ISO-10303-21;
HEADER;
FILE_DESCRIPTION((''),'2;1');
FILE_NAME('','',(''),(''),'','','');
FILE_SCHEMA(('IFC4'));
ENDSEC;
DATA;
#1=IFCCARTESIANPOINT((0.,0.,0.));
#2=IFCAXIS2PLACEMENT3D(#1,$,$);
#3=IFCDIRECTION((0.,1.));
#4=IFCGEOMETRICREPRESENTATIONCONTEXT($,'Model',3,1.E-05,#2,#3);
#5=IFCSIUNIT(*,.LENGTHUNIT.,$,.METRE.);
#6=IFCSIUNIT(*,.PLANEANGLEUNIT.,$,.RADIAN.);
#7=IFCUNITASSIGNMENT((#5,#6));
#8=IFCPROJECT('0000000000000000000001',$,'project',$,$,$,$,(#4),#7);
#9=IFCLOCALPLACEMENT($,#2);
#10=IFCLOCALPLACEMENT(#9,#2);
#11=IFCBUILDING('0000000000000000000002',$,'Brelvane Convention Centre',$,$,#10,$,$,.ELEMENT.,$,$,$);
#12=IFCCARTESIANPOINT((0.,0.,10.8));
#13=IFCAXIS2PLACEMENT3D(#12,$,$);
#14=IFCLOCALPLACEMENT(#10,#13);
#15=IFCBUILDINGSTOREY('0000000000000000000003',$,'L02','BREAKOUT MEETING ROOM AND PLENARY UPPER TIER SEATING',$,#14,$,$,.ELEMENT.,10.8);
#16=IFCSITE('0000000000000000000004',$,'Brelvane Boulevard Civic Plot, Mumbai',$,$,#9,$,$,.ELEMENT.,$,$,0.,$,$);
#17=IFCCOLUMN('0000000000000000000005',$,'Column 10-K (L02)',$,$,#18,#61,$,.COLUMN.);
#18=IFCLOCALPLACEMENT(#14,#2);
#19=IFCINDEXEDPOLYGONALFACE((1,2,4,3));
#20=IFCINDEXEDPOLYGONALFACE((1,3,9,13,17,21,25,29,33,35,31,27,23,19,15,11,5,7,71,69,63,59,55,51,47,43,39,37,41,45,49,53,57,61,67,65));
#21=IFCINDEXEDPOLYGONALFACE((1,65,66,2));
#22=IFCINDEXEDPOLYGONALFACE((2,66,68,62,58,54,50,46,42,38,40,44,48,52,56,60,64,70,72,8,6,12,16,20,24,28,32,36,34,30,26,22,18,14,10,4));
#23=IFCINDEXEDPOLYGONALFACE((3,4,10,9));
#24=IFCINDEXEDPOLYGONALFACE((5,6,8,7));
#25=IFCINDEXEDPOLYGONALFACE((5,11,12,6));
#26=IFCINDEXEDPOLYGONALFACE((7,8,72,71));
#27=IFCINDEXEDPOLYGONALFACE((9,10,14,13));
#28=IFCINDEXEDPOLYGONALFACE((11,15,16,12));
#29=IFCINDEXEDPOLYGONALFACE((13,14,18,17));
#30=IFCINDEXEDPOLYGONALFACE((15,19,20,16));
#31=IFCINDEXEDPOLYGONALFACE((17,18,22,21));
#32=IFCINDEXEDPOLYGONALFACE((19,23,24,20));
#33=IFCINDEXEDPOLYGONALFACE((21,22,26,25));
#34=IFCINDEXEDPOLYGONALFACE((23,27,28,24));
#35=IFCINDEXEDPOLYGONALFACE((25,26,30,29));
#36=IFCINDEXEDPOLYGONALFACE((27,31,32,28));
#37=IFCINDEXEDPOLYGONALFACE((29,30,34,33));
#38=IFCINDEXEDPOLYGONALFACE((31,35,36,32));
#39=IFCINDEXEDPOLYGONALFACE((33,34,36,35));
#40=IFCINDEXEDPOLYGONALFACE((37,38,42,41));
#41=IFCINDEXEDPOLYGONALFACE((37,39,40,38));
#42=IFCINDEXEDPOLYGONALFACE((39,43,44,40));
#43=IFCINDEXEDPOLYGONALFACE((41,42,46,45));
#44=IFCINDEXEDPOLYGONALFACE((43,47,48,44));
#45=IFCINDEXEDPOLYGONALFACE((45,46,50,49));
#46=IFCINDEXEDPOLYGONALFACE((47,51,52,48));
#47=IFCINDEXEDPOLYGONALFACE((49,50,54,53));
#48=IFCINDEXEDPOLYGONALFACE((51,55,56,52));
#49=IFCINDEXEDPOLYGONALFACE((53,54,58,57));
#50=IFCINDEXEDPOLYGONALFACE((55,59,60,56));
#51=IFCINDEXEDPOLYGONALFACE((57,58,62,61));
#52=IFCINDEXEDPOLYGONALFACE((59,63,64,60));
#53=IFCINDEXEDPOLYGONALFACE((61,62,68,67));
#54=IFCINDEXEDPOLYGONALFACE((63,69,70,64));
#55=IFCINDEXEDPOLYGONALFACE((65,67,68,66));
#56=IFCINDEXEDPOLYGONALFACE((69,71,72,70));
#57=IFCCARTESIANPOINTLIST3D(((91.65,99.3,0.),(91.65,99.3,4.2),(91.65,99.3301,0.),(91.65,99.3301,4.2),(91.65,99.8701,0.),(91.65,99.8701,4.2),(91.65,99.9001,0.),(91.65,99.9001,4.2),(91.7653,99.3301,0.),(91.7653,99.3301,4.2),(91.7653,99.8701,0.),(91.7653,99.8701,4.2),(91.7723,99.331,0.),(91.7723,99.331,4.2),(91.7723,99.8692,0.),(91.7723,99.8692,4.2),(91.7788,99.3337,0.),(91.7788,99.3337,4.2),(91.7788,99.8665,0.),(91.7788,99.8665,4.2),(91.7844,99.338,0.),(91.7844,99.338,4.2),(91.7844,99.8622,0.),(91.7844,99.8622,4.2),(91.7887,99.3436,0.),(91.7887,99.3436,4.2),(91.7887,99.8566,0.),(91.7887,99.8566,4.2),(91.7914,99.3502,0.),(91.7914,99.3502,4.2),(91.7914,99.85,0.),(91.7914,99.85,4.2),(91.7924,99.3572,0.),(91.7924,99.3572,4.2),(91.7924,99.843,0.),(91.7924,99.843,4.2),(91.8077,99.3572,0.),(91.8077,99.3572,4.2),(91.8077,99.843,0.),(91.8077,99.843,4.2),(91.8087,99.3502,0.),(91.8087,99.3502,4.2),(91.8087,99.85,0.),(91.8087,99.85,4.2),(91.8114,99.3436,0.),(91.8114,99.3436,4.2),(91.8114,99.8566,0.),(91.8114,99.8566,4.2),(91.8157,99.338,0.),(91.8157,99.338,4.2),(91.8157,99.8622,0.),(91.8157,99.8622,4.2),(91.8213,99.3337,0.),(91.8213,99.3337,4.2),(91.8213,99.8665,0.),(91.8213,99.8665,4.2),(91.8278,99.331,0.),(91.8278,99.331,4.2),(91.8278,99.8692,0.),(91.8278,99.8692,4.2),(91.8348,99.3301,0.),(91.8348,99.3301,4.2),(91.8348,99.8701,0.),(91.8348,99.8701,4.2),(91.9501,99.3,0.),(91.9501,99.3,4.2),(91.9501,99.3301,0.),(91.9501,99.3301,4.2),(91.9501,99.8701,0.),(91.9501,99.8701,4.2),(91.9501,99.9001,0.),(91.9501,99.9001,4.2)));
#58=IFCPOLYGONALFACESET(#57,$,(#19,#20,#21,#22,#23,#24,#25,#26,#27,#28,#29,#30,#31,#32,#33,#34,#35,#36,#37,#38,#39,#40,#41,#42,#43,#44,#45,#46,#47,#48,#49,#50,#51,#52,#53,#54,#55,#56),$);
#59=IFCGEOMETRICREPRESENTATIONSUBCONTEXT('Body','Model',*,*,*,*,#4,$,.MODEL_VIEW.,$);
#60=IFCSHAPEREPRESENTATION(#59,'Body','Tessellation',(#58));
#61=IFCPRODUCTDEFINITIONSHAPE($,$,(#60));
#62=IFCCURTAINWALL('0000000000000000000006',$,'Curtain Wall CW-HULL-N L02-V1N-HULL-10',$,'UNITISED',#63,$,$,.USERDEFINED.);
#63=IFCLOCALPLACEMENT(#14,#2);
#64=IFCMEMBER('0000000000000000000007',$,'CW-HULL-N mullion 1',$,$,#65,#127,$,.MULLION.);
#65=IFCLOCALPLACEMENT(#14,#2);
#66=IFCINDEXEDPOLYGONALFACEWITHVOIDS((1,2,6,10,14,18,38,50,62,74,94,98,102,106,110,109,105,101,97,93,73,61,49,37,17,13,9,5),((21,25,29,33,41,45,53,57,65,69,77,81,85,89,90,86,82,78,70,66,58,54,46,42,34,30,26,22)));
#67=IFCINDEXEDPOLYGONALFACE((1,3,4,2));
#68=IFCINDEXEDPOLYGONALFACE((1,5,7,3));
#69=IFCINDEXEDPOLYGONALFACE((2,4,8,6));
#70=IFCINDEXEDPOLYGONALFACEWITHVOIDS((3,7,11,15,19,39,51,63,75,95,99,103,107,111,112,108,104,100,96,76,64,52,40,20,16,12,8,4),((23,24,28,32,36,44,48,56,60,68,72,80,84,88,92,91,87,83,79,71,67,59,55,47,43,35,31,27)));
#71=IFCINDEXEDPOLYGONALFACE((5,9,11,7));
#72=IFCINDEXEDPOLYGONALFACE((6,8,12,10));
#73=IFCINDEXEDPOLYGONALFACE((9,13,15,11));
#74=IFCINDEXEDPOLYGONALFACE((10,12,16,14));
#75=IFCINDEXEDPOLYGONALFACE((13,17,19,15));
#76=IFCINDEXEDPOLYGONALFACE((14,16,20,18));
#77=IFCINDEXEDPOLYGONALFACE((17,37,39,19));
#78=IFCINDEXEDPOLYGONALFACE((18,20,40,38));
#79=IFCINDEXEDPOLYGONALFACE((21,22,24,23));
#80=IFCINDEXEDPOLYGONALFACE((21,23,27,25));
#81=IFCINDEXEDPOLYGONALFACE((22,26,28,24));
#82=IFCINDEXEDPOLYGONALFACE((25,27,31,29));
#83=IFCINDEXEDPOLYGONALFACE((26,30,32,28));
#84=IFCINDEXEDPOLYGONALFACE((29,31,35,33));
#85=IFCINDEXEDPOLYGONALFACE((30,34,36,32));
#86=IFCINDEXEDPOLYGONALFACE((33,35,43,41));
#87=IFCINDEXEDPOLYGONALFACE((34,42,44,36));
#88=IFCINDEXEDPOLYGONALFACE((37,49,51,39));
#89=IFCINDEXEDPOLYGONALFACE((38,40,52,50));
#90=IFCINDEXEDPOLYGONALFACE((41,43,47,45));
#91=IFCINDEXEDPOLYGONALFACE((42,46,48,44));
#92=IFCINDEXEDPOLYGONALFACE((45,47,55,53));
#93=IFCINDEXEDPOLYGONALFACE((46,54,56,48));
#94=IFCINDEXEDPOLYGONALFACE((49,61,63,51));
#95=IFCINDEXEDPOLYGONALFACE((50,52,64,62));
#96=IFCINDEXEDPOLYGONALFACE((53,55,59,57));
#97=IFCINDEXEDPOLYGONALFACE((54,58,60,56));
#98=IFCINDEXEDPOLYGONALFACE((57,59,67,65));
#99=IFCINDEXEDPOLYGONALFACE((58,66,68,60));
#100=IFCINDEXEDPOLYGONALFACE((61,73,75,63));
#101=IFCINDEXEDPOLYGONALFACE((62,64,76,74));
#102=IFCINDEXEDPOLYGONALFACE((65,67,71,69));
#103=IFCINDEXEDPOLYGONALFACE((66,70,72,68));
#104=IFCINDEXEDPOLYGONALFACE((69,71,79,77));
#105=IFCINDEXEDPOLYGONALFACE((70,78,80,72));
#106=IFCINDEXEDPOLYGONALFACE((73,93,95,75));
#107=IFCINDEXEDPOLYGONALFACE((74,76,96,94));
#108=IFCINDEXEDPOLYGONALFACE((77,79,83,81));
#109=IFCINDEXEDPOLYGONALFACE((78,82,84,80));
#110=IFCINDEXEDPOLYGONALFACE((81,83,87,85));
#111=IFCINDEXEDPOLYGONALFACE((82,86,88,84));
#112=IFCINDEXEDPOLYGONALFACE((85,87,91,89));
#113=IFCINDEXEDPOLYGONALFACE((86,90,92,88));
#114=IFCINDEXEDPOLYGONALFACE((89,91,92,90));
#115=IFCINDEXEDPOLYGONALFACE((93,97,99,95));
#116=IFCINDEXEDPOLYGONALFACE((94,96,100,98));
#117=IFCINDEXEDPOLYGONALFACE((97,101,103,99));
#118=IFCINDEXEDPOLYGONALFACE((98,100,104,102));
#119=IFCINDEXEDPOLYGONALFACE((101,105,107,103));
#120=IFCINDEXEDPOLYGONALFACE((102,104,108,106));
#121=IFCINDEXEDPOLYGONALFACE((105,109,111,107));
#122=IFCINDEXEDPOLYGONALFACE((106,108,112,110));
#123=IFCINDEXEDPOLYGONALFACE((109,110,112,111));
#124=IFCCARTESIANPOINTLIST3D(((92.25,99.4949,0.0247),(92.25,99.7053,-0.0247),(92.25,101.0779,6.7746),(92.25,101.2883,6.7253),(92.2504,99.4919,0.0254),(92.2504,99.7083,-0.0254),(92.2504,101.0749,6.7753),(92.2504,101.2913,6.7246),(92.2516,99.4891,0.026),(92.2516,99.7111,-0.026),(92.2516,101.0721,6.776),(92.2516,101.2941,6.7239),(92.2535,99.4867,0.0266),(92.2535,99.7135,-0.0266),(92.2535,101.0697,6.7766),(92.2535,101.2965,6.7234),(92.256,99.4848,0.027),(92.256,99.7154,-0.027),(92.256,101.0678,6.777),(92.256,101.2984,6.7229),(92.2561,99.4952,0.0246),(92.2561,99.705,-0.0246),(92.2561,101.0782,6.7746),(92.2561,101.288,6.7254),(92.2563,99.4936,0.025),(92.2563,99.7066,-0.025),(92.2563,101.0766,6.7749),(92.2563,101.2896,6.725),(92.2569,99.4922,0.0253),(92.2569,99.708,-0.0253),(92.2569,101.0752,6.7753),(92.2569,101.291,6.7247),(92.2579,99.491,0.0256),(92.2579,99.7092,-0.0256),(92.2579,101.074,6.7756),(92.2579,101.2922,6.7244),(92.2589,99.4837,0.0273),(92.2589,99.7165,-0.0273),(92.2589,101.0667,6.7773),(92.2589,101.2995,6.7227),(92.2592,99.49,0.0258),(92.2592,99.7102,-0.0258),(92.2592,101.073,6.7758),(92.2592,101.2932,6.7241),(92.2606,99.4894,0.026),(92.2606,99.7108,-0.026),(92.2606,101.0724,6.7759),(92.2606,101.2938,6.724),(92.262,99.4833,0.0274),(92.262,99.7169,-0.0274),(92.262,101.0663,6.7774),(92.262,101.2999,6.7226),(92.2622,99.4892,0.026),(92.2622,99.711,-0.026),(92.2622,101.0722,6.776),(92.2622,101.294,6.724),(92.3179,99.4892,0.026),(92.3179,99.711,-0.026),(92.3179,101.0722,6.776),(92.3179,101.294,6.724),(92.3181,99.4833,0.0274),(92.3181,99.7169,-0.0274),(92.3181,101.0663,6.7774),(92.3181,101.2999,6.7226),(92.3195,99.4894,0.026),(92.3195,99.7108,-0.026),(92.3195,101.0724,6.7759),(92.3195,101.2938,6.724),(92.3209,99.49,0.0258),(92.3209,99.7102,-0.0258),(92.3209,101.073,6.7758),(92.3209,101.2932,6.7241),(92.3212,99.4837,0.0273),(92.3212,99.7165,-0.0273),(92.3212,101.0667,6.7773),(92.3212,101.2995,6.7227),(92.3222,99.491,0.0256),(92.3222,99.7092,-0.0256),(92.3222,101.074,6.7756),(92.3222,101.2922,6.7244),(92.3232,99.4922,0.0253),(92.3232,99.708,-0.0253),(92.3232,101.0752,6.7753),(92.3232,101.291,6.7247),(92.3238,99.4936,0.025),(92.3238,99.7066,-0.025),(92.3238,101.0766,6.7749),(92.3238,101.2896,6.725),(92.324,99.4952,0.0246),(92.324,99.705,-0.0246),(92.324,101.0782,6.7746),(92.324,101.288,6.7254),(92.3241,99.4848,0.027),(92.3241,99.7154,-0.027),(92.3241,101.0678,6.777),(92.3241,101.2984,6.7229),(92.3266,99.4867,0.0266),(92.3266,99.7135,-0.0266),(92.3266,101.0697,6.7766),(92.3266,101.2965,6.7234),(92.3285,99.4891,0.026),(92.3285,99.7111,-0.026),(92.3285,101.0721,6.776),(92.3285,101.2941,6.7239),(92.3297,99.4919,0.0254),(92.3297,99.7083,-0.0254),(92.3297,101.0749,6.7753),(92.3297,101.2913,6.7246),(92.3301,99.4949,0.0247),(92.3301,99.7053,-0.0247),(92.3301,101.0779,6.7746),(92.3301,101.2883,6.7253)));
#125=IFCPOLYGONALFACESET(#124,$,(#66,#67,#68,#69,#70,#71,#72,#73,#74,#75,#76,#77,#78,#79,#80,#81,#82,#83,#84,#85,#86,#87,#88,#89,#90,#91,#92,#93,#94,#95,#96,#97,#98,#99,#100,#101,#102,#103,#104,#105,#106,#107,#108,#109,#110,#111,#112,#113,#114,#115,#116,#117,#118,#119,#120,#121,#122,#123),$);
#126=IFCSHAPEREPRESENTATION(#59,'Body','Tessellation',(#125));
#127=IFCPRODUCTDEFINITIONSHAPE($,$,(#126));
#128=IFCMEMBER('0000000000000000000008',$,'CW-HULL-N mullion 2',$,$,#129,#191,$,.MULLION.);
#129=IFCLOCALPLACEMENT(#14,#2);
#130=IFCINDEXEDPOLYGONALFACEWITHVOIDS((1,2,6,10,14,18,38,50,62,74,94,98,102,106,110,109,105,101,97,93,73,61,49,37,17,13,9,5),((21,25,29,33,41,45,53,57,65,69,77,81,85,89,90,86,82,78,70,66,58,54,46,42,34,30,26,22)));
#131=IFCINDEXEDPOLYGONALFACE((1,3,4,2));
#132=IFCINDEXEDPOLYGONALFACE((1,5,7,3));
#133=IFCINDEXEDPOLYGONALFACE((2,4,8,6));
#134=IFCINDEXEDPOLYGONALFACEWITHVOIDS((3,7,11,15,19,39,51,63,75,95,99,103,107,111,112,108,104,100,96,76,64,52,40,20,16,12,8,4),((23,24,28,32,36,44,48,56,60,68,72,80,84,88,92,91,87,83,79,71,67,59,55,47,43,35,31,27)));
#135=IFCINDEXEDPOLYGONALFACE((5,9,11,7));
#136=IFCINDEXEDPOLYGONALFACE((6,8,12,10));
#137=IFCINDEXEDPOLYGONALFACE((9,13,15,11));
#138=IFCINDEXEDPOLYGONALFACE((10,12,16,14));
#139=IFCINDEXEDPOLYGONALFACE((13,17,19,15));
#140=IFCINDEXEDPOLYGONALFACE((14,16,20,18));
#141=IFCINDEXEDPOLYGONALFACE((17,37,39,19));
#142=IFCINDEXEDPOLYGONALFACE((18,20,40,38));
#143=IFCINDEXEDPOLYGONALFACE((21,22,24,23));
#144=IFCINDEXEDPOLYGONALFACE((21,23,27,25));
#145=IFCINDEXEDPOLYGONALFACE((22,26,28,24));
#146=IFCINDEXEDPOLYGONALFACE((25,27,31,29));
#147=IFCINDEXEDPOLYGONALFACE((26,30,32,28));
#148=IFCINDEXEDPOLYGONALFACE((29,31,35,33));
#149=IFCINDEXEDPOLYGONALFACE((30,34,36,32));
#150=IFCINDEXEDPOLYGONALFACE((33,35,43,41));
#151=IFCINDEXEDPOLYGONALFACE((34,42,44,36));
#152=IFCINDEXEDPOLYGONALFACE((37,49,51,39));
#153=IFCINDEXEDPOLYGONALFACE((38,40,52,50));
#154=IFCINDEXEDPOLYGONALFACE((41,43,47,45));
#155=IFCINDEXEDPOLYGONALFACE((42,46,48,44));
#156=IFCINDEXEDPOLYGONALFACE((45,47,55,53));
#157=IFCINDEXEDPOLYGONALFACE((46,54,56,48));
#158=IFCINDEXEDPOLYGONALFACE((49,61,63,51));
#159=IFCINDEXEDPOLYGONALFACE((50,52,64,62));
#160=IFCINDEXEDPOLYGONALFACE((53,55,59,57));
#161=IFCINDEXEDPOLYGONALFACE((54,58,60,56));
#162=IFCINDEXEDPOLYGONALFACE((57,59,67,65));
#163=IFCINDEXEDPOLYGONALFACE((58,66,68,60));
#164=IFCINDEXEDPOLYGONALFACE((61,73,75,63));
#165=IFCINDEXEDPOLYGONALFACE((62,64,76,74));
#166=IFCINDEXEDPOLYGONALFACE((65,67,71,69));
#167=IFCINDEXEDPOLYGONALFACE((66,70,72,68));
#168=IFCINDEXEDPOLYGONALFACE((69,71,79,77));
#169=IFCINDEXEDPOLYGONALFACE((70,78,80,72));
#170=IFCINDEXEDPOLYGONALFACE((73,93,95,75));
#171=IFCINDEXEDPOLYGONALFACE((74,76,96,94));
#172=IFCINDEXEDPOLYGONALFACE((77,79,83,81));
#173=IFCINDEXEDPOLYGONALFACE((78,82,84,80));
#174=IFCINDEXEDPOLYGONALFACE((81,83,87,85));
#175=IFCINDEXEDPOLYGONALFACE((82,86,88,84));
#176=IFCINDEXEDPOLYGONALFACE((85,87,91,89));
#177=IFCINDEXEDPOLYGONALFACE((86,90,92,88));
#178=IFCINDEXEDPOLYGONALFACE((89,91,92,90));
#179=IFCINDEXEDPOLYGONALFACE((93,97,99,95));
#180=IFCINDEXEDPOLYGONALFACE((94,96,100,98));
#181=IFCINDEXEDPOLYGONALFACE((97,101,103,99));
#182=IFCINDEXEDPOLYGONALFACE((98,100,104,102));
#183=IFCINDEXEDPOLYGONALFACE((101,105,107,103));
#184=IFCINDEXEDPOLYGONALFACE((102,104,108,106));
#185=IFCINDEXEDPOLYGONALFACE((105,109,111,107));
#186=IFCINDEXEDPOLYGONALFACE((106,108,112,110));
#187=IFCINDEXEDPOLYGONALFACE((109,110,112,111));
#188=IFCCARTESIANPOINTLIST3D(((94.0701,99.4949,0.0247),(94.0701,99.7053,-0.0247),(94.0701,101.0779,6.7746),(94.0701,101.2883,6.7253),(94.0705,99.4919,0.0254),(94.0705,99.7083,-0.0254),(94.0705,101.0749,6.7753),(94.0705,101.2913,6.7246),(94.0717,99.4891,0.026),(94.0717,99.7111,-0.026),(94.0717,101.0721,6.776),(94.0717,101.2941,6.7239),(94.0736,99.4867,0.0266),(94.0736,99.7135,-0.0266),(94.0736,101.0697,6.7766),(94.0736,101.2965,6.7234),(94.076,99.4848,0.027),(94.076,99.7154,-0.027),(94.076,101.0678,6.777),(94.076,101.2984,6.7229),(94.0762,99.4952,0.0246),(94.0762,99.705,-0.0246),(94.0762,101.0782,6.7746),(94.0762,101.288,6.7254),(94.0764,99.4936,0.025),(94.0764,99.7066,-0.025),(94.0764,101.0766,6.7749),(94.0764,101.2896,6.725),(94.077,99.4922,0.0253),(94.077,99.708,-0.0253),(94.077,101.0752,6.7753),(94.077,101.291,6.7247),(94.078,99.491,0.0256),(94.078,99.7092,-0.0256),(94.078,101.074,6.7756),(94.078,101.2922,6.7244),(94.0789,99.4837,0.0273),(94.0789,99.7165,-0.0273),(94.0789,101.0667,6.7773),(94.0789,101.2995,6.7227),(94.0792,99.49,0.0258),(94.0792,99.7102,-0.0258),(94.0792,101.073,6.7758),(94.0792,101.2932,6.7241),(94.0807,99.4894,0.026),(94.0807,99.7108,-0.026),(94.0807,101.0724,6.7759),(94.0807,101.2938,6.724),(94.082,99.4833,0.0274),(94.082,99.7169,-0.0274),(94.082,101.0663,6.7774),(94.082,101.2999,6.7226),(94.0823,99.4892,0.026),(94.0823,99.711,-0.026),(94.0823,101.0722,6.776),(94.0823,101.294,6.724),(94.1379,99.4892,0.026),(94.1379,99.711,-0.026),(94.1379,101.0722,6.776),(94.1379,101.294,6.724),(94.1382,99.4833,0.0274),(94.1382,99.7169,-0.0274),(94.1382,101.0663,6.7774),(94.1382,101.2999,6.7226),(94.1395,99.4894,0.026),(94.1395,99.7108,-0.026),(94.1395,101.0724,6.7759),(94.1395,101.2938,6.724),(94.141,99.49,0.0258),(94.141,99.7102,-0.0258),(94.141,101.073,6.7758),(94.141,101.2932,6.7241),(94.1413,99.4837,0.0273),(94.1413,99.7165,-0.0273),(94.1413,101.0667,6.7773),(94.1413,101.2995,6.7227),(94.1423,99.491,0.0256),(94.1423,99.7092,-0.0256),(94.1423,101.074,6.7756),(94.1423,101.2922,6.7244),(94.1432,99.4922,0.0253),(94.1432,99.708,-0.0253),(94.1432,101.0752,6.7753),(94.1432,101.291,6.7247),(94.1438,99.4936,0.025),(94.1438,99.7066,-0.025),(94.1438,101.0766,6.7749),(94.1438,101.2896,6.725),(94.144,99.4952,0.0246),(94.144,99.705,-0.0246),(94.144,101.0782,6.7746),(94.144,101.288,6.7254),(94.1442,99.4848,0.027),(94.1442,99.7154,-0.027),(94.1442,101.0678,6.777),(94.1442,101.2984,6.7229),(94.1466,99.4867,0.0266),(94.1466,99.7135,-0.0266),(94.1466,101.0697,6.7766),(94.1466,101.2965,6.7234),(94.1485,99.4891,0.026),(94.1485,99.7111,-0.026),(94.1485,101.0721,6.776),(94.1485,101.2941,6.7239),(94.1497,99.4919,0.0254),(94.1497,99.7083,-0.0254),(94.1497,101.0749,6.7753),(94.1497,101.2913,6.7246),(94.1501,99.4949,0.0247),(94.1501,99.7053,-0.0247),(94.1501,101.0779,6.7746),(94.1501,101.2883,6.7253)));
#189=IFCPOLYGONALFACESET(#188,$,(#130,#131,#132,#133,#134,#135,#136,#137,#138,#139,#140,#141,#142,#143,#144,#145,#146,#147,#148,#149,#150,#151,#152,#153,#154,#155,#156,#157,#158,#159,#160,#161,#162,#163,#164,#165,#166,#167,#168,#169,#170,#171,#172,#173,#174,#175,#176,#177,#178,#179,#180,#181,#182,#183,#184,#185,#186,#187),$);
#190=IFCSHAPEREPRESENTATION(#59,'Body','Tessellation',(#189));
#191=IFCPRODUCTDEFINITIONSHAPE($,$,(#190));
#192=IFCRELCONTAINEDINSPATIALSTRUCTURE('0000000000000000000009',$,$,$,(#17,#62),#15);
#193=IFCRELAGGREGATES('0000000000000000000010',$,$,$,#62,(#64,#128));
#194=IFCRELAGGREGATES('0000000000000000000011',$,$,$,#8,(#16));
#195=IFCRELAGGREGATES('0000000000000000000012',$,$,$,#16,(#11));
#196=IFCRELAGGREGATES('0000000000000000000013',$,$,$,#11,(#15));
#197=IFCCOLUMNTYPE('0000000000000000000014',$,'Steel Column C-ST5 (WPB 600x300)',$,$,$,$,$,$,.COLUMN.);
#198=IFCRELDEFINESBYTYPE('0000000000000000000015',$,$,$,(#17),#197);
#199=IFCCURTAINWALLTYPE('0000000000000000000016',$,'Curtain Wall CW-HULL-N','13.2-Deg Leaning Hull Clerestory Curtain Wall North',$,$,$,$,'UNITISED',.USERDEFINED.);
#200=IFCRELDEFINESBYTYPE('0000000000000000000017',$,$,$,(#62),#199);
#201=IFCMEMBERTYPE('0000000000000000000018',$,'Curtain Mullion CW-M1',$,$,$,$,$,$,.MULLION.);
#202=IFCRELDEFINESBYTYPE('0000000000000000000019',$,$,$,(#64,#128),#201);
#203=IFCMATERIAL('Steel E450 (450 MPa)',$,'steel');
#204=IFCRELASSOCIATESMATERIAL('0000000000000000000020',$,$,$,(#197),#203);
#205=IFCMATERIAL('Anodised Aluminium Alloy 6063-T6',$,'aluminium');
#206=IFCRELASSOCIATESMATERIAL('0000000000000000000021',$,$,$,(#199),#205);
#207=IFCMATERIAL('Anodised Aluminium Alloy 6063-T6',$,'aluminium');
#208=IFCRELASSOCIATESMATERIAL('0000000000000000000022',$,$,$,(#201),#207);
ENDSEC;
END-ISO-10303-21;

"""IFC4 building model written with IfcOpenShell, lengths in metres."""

from ifc_helpers import new_model, si_unit, direction, frame, origin, origin_2d, place, context, subcontext, project, spatial, hollow_rectangle, i_section, extrude, material, material_profile, profile_set, type_object, element, aggregate, save


model = new_model("IFC4")

# Units and contexts
model_context = context("Model", 3, precision=1e-05, world=origin(), true_north=direction((0.0, 1.0)))
body_context = subcontext(model_context, "Body", "Model", "MODEL_VIEW")
ifc_project = project(units=[si_unit("LENGTHUNIT", "METRE"), si_unit("PLANEANGLEUNIT", "RADIAN")], contexts=[model_context])

# Site, building, storey
site_placement = place(None, origin())
site = spatial("IfcSite", under=ifc_project, at=site_placement, Name="Brelvane Boulevard Civic Plot, Mumbai", CompositionType="ELEMENT", RefElevation=0.0)
building_placement = place(site_placement, origin())
building = spatial("IfcBuilding", under=site, at=building_placement, Name="Brelvane Convention Centre", CompositionType="ELEMENT")
storey_placement = place(building_placement, frame((0.0, 0.0, 10.8)))
storey = spatial("IfcBuildingStorey", under=building, at=storey_placement, Name="L02", Description="BREAKOUT MEETING ROOM AND PLENARY UPPER TIER SEATING", CompositionType="ELEMENT", Elevation=10.8)

# Column
ifc_material_1 = material(Name="Steel E450 (450 MPa)", Category="steel")
ifc_material_profile_1 = material_profile(ifc_material_1, i_section(OverallWidth=0.3, OverallDepth=0.6001, WebThickness=0.0154, FlangeThickness=0.03, FilletRadius=0.0271, at=origin_2d()), Name="WPB 600x300")
ifc_profile_set_1 = profile_set([ifc_material_profile_1], Name="Steel E450 (450 MPa)")
column_type = type_object("IfcColumnType", Name="Steel Column C-ST5 (WPB 600x300)", PredefinedType="COLUMN", material=ifc_profile_set_1)
column_placement = place(storey_placement, frame((91.8, 99.6001, 0.0), z_axis=(0.0, 0.0, 1.0), x_axis=(1.0, 0.0, 0.0)))
element("IfcColumn", 1, at=column_placement, inside=storey, type_object=column_type, Name="Column 10-K (L02)", PredefinedType="COLUMN", context=body_context, shape_type="SweptSolid", body=[
    extrude(i_section(OverallWidth=0.3, OverallDepth=0.6001, WebThickness=0.0154, FlangeThickness=0.03, FilletRadius=0.0271, at=origin_2d()), origin(), (0.0, 0.0, 1.0), 4.2),
])

# Curtain wall, members
ifc_material_2 = material(Name="Anodised Aluminium Alloy 6063-T6", Category="aluminium")
curtain_wall_type = type_object("IfcCurtainWallType", Name="Curtain Wall CW-HULL-N", Description="13.2-Deg Leaning Hull Clerestory Curtain Wall North", ElementType="UNITISED", PredefinedType="USERDEFINED", material=ifc_material_2)
curtain_wall_placement = place(storey_placement, origin())
curtain_wall = element("IfcCurtainWall", 2, at=curtain_wall_placement, inside=storey, type_object=curtain_wall_type, Name="Curtain Wall CW-HULL-N L02-V1N-HULL-10", ObjectType="UNITISED", PredefinedType="USERDEFINED")
ifc_material_3 = material(Name="Anodised Aluminium Alloy 6063-T6", Category="aluminium")
ifc_material_profile_2 = material_profile(ifc_material_3, hollow_rectangle(XDim=0.0801, YDim=0.24, WallThickness=0.0061, InnerFilletRadius=0.0061, OuterFilletRadius=0.012, at=origin_2d()), Name="ALU-M 240x80x6.0")
ifc_profile_set_2 = profile_set([ifc_material_profile_2], Name="Anodised Aluminium Alloy 6063-T6")
member_type_1 = type_object("IfcMemberType", Name="Curtain Mullion CW-M1", PredefinedType="MULLION", material=ifc_profile_set_2)
member_1_placement = place(storey_placement, frame((92.29, 99.6001, 0.0), z_axis=(0.0, 0.228325, 0.973585), x_axis=(-1.0, 0.0, 0.0)))
member_1 = element("IfcMember", 3, at=member_1_placement, type_object=member_type_1, Name="CW-HULL-N mullion 1", PredefinedType="MULLION", context=body_context, shape_type="SweptSolid", body=[
    extrude(hollow_rectangle(XDim=0.0801, YDim=0.24, WallThickness=0.0061, InnerFilletRadius=0.0061, OuterFilletRadius=0.012, at=origin_2d()), origin(), (0.0, 0.0, 1.0), 6.9331),
])
member_2_placement = place(storey_placement, frame((94.1101, 99.6001, 0.0), z_axis=(0.0, 0.228325, 0.973585), x_axis=(-1.0, 0.0, 0.0)))
member_2 = element("IfcMember", 4, at=member_2_placement, type_object=member_type_1, Name="CW-HULL-N mullion 2", PredefinedType="MULLION", context=body_context, shape_type="SweptSolid", body=[
    extrude(hollow_rectangle(XDim=0.0801, YDim=0.24, WallThickness=0.0061, InnerFilletRadius=0.0061, OuterFilletRadius=0.012, at=origin_2d()), origin(), (0.0, 0.0, 1.0), 6.9331),
])

aggregate(curtain_wall, [member_1, member_2])

save(model, "model.ifc")
